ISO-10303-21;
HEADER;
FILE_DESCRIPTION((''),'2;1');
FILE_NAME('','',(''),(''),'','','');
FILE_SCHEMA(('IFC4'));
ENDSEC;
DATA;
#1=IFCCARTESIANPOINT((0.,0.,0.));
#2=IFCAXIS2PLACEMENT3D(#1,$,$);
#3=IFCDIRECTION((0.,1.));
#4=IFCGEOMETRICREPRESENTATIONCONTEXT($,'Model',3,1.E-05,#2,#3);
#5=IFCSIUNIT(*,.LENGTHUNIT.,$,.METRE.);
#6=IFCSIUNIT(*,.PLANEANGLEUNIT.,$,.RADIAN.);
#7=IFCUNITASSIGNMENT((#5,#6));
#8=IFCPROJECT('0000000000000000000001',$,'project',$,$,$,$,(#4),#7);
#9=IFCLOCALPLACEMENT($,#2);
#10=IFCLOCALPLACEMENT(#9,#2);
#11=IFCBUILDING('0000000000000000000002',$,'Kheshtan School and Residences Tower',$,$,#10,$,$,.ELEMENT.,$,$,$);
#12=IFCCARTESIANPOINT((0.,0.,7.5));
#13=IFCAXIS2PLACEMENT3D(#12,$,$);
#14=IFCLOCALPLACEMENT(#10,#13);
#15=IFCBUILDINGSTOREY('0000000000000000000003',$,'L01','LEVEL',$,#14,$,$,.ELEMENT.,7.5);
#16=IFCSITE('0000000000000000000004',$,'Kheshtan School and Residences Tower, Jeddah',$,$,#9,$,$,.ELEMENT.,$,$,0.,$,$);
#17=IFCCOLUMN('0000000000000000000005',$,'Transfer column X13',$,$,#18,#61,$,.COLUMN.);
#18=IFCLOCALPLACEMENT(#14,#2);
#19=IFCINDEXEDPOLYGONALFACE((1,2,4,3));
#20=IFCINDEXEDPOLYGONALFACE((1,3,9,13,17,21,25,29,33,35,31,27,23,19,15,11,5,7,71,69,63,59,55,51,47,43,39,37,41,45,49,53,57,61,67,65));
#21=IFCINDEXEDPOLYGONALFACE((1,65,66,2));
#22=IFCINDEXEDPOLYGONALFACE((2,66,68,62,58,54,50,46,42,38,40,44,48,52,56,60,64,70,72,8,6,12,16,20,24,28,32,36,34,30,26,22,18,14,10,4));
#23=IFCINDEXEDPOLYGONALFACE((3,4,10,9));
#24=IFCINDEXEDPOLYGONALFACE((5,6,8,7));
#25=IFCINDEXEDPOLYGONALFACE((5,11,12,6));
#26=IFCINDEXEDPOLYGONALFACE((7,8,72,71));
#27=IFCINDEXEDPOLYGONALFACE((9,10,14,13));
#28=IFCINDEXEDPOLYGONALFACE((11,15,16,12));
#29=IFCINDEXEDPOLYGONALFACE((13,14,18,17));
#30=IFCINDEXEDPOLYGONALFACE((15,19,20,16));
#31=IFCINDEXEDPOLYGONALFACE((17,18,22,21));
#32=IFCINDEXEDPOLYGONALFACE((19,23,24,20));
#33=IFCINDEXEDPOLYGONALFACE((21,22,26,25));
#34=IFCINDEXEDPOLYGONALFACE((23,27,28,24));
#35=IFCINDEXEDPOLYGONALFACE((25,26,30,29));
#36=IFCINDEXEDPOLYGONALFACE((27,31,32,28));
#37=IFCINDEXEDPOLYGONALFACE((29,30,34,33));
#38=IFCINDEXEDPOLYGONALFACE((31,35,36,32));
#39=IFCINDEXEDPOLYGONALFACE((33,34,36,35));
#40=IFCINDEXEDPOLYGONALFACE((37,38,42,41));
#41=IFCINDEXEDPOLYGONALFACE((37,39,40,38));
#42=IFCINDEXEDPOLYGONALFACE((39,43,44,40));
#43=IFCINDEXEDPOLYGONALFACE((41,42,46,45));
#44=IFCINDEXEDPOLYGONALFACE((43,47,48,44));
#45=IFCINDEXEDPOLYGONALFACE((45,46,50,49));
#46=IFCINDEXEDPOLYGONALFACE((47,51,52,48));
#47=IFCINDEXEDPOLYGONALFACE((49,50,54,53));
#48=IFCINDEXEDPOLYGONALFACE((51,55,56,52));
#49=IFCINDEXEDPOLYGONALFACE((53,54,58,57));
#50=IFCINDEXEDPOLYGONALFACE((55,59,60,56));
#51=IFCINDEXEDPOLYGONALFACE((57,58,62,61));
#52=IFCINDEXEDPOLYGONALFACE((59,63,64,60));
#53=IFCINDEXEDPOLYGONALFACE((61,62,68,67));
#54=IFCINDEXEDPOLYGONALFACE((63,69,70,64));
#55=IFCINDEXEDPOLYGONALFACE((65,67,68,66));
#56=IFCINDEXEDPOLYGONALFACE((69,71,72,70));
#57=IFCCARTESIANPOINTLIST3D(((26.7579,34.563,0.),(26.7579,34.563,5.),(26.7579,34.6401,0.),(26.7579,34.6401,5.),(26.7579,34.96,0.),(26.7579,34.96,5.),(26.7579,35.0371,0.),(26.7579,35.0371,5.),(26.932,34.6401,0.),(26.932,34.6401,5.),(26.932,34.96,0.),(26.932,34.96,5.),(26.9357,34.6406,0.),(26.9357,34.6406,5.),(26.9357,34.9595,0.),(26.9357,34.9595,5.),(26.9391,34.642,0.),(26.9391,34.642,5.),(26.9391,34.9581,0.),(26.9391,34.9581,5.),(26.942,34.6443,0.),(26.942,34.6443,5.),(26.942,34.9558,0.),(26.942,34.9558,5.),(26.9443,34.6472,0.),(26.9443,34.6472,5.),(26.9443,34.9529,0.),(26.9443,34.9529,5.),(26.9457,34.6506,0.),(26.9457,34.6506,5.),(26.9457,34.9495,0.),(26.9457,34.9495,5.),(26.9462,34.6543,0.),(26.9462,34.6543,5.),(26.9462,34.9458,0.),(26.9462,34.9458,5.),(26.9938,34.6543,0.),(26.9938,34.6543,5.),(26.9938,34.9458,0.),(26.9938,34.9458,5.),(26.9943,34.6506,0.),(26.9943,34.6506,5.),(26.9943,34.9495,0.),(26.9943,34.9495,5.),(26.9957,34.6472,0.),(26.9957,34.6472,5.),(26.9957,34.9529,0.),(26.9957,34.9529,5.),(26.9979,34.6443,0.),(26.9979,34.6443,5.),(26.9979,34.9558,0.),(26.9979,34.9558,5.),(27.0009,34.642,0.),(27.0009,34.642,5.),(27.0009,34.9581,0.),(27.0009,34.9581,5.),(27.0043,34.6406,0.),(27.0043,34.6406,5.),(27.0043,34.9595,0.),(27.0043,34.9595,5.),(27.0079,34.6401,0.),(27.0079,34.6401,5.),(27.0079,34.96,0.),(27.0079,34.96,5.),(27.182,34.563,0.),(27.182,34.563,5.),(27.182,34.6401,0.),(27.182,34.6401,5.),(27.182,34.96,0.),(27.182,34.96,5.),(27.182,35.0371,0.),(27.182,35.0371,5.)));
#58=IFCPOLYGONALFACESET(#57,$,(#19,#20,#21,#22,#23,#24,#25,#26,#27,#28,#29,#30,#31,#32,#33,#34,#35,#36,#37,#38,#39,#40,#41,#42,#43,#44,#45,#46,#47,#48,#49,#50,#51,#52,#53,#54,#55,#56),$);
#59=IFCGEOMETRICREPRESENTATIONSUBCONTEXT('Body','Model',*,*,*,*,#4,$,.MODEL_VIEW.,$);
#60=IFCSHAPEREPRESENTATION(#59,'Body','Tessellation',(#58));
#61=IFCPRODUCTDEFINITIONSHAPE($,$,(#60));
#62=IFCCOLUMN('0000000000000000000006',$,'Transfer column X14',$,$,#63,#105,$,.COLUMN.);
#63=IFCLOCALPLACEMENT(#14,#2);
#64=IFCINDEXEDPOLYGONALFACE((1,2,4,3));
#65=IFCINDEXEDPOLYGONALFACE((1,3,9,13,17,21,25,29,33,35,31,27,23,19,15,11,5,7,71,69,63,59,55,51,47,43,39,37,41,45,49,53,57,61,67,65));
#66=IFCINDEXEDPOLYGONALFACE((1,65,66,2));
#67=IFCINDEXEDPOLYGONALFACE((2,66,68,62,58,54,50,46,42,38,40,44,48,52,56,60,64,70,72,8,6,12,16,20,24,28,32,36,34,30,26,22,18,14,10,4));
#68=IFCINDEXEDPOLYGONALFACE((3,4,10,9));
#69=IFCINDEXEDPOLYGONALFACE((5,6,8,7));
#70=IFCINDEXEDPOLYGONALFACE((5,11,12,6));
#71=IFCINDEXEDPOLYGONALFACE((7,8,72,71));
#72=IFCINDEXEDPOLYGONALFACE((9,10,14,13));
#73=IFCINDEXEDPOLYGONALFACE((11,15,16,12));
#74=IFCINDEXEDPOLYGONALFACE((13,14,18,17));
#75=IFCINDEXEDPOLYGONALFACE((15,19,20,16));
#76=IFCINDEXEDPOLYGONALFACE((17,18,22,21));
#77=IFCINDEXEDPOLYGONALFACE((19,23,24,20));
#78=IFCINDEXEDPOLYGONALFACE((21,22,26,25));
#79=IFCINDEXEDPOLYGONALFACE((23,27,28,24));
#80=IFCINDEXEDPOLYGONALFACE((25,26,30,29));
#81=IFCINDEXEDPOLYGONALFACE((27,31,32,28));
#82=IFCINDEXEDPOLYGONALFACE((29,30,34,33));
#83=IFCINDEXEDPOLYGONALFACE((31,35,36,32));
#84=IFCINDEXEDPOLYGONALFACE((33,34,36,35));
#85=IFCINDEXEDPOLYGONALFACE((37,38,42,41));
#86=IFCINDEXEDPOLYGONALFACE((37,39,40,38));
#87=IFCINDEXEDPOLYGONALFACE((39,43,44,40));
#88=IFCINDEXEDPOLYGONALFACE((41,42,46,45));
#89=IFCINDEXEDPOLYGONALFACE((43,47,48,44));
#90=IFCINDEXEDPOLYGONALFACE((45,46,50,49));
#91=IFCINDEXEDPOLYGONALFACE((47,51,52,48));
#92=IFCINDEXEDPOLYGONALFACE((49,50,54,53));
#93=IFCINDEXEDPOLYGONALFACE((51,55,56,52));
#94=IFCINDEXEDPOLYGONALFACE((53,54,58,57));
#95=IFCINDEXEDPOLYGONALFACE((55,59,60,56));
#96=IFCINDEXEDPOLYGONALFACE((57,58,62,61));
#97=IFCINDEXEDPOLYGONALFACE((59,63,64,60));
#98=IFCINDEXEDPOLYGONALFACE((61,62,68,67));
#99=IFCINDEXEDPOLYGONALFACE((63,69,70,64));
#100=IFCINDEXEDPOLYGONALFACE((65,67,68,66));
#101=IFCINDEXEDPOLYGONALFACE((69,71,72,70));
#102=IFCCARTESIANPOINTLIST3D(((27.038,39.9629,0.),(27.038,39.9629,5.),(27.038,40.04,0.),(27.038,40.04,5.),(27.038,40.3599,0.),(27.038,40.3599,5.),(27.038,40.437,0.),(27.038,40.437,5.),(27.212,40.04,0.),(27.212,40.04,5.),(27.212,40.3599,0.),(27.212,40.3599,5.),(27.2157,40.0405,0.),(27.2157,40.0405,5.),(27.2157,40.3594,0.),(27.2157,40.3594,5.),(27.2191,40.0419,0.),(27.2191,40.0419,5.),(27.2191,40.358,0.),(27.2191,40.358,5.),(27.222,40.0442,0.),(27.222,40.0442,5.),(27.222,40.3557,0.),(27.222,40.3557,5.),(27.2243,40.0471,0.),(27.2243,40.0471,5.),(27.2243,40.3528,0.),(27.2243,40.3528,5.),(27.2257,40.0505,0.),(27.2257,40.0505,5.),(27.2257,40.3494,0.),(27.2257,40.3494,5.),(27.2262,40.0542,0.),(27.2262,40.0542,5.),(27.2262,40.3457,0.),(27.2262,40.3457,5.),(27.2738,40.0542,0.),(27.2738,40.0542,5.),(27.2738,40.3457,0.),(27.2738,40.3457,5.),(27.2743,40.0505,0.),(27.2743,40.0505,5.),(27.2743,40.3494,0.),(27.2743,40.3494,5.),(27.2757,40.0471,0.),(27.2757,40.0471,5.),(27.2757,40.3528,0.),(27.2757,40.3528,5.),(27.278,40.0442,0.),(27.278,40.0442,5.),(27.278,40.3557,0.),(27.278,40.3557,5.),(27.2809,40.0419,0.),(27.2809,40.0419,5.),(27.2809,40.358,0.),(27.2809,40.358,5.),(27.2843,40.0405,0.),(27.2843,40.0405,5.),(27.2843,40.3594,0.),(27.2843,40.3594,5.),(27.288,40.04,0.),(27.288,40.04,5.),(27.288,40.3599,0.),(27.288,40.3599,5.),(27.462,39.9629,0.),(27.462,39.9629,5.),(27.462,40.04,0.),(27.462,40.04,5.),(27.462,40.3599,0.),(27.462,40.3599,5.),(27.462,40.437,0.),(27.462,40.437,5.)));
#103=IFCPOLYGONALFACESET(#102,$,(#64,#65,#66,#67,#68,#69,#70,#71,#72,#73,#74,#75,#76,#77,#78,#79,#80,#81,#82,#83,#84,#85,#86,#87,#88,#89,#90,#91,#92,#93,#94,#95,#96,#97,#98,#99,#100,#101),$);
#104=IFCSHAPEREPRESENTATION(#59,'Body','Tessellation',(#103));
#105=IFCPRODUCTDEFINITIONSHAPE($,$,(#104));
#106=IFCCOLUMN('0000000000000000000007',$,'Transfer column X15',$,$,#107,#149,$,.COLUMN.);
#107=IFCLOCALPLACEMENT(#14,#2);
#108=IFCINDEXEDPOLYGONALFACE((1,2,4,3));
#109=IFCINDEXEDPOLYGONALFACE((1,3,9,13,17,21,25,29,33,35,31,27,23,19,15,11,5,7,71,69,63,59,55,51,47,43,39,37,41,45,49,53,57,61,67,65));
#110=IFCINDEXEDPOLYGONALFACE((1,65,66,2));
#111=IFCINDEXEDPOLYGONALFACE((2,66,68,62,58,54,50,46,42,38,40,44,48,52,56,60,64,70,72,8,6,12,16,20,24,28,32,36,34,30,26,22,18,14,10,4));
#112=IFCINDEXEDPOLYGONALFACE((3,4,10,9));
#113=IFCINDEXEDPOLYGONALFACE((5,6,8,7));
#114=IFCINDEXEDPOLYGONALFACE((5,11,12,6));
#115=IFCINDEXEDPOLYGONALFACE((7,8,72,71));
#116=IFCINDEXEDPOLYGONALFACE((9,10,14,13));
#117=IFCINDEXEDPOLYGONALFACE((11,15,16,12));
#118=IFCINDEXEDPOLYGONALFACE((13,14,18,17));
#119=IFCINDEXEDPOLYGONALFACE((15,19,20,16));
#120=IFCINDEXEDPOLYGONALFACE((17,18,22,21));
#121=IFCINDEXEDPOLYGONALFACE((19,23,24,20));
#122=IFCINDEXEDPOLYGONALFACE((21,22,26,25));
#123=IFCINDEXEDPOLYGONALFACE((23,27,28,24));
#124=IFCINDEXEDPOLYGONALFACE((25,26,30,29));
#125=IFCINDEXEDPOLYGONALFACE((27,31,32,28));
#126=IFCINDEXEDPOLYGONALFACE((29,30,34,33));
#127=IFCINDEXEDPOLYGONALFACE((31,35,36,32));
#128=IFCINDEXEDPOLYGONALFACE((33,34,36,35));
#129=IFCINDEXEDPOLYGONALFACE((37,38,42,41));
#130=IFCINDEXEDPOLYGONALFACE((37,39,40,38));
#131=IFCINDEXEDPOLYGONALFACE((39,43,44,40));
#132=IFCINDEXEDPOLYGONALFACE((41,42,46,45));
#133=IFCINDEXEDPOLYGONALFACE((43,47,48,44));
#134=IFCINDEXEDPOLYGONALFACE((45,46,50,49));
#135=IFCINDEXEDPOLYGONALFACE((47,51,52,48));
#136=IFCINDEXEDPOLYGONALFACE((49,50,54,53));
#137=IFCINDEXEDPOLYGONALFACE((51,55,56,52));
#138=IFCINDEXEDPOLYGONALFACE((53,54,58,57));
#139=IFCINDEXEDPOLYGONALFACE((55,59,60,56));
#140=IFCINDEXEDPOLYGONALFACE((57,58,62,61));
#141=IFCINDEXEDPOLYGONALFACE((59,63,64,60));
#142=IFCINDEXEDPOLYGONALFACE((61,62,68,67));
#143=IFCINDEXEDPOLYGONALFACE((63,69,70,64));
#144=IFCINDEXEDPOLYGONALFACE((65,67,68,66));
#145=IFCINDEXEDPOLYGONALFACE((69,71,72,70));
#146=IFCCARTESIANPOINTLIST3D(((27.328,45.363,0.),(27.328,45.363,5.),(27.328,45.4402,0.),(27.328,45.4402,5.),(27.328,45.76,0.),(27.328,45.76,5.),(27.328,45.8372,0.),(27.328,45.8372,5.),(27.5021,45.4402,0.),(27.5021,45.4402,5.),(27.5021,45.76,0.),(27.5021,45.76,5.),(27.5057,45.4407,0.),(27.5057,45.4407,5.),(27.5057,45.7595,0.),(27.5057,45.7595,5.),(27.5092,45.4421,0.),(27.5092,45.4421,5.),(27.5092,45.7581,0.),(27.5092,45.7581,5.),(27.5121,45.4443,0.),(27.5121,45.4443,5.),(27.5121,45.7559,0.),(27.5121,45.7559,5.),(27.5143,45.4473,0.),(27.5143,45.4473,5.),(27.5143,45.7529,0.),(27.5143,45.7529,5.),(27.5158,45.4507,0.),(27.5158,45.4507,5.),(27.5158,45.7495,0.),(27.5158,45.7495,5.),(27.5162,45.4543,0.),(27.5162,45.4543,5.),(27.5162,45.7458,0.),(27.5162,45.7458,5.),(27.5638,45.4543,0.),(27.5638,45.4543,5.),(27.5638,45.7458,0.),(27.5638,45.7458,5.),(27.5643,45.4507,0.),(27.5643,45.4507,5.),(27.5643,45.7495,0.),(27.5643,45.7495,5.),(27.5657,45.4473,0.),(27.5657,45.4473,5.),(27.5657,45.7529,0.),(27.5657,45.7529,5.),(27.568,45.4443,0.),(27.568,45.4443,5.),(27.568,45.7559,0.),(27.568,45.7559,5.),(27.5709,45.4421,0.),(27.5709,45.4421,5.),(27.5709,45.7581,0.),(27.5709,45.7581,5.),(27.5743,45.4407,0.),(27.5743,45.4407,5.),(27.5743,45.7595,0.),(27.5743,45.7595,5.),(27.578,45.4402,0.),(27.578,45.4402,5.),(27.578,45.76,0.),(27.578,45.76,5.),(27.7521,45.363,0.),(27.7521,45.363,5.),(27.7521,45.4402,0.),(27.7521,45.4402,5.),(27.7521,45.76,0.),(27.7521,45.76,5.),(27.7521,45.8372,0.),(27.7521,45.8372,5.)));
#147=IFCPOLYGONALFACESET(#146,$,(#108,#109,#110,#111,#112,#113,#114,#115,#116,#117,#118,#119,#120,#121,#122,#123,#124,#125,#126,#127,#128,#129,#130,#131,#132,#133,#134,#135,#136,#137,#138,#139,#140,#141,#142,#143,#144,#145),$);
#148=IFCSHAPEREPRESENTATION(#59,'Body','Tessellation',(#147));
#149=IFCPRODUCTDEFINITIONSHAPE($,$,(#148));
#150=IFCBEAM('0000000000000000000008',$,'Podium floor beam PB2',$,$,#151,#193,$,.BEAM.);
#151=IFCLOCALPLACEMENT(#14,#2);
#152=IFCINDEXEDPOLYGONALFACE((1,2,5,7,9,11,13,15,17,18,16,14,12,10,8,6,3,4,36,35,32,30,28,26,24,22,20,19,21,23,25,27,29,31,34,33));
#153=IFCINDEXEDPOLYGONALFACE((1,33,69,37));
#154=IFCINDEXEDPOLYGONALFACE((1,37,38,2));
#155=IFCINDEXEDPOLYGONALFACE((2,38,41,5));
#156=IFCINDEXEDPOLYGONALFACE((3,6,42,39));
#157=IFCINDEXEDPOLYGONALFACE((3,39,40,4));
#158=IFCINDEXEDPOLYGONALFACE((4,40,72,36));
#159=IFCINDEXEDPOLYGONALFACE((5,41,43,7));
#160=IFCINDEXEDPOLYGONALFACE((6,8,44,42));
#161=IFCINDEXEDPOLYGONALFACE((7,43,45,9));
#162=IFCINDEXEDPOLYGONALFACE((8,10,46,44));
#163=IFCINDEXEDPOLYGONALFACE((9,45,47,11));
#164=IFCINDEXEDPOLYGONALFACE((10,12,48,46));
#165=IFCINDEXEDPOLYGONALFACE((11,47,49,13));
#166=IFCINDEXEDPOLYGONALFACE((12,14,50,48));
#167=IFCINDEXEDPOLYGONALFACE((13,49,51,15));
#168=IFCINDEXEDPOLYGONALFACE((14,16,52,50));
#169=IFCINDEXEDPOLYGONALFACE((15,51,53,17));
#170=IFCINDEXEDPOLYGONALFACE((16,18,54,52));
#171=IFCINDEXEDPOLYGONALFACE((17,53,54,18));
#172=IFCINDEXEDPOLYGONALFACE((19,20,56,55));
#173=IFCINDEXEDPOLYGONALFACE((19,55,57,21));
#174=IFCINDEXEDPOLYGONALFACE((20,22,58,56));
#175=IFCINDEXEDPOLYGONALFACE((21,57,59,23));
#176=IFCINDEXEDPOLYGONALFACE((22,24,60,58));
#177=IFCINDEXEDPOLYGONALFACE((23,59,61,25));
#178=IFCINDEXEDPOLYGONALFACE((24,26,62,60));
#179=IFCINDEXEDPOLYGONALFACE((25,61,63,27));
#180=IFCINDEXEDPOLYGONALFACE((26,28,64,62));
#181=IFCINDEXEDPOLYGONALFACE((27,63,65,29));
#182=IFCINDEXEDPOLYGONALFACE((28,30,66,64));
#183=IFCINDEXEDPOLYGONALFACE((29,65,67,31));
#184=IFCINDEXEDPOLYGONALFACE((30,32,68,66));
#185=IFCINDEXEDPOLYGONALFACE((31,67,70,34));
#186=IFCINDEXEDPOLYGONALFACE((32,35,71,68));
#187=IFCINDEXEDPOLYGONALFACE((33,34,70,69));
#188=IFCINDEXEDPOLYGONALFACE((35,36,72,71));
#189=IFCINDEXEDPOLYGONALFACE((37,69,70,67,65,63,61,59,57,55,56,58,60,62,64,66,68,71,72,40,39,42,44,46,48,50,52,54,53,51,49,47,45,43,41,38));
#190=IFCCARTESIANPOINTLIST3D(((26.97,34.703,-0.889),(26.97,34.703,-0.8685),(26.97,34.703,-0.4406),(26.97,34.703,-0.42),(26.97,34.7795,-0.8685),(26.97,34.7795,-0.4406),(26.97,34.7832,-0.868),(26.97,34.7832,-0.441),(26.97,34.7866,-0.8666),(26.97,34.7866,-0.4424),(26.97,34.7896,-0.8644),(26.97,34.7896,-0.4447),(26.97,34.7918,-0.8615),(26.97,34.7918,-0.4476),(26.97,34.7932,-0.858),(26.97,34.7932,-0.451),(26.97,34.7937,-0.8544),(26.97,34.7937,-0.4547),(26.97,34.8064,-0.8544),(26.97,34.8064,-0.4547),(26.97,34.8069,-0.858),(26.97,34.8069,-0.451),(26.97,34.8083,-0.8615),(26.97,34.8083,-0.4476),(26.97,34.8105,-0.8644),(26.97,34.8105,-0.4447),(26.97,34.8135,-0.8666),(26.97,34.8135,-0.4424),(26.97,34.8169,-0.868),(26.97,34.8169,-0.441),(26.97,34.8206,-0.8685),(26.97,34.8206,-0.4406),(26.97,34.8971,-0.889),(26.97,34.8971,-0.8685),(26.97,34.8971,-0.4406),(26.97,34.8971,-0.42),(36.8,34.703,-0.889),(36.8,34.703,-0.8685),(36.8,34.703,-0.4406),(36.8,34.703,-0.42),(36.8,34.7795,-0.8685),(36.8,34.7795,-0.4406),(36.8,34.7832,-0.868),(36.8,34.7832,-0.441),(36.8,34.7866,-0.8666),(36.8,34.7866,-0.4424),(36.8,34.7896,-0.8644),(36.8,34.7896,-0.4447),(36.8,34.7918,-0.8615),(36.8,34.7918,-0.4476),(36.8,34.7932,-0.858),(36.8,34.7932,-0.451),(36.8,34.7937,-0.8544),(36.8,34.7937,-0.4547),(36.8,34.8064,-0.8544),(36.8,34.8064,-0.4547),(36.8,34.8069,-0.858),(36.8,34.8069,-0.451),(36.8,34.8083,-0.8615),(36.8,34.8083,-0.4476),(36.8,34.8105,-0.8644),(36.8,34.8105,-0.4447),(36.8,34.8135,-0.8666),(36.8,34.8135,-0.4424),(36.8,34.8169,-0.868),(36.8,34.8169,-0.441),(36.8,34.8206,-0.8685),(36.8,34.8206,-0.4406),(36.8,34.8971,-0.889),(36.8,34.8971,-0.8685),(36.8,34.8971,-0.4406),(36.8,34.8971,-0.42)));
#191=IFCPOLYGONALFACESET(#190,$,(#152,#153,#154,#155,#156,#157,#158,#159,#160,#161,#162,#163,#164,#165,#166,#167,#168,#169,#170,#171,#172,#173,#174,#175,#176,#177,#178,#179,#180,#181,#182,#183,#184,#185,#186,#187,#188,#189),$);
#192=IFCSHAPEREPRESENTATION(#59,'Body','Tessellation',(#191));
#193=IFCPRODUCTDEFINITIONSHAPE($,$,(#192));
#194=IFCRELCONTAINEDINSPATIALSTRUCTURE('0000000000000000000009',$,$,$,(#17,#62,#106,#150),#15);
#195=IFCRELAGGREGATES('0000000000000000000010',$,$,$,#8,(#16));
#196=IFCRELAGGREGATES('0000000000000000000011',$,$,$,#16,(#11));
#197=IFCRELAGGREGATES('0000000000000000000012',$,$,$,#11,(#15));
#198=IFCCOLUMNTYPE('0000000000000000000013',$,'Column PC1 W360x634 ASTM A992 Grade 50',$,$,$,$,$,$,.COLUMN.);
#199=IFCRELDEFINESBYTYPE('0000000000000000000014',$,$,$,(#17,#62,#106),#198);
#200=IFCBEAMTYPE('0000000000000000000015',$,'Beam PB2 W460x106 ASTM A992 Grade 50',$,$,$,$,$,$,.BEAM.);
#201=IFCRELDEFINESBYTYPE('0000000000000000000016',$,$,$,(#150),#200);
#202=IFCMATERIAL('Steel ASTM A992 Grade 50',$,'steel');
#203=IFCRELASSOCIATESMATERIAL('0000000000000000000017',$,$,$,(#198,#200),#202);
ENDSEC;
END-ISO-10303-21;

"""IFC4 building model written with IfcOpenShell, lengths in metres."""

from ifc_helpers import new_model, si_unit, direction, frame, origin, origin_2d, place, context, subcontext, project, spatial, i_section, extrude, material, material_profile, profile_set, type_object, element, save


model = new_model("IFC4")

# Units and contexts
model_context = context("Model", 3, precision=1e-05, world=origin(), true_north=direction((0.0, 1.0)))
body_context = subcontext(model_context, "Body", "Model", "MODEL_VIEW")
ifc_project = project(units=[si_unit("LENGTHUNIT", "METRE"), si_unit("PLANEANGLEUNIT", "RADIAN")], contexts=[model_context])

# Site, building, storey
site_placement = place(None, origin())
site = spatial("IfcSite", under=ifc_project, at=site_placement, Name="Kheshtan School and Residences Tower, Jeddah", CompositionType="ELEMENT", RefElevation=0.0)
building_placement = place(site_placement, origin())
building = spatial("IfcBuilding", under=site, at=building_placement, Name="Kheshtan School and Residences Tower", CompositionType="ELEMENT")
storey_placement = place(building_placement, frame((0.0, 0.0, 7.5)))
storey = spatial("IfcBuildingStorey", under=building, at=storey_placement, Name="L01", Description="LEVEL", CompositionType="ELEMENT", Elevation=7.5)

# Columns
ifc_material_1 = material(Name="Steel ASTM A992 Grade 50", Category="steel")
ifc_material_profile_1 = material_profile(ifc_material_1, i_section(OverallWidth=0.4241, OverallDepth=0.4741, WebThickness=0.0476, FlangeThickness=0.0771, FilletRadius=0.0142, at=origin_2d()), Name="W360x634")
ifc_profile_set_1 = profile_set([ifc_material_profile_1], Name="Steel ASTM A992 Grade 50")
column_type = type_object("IfcColumnType", Name="Column PC1 W360x634 ASTM A992 Grade 50", PredefinedType="COLUMN", material=ifc_profile_set_1)
for number, where, z_axis, x_axis, name in (
    (1, (26.97, 34.8, 0.0), (0.0, 0.0, 1.0), (1.0, 0.0, 0.0), "Transfer column X13"),
    (2, (27.25, 40.2, 0.0), (0.0, 0.0, 1.0), (1.0, 0.0, 0.0), "Transfer column X14"),
    (3, (27.54, 45.6001, 0.0), (0.0, 0.0, 1.0), (1.0, 0.0, 0.0), "Transfer column X15"),
):
    element("IfcColumn", number, at=place(storey_placement, frame(where, z_axis=z_axis, x_axis=x_axis)), inside=storey, type_object=column_type, Name=name, PredefinedType="COLUMN", context=body_context, shape_type="SweptSolid", body=[
        extrude(i_section(OverallWidth=0.4241, OverallDepth=0.4741, WebThickness=0.0476, FlangeThickness=0.0771, FilletRadius=0.0142, at=origin_2d()), origin(), (0.0, 0.0, 1.0), 5.0),
    ])

# Beam
ifc_material_profile_2 = material_profile(ifc_material_1, i_section(OverallWidth=0.1941, OverallDepth=0.469, WebThickness=0.0127, FlangeThickness=0.0205, FilletRadius=0.0142, at=origin_2d()), Name="W460x106")
ifc_profile_set_2 = profile_set([ifc_material_profile_2], Name="Steel ASTM A992 Grade 50")
beam_type = type_object("IfcBeamType", Name="Beam PB2 W460x106 ASTM A992 Grade 50", PredefinedType="BEAM", material=ifc_profile_set_2)
beam_1_placement = place(storey_placement, frame((26.97, 34.8, -0.6545), z_axis=(1.0, 0.0, 0.0), x_axis=(0.0, 1.0, 0.0)))
element("IfcBeam", 4, at=beam_1_placement, inside=storey, type_object=beam_type, Name="Podium floor beam PB2", PredefinedType="BEAM", context=body_context, shape_type="SweptSolid", body=[
    extrude(i_section(OverallWidth=0.1941, OverallDepth=0.469, WebThickness=0.0127, FlangeThickness=0.0205, FilletRadius=0.0142, at=origin_2d()), origin(), (0.0, 0.0, 1.0), 9.8301),
])

save(model, "model.ifc")
